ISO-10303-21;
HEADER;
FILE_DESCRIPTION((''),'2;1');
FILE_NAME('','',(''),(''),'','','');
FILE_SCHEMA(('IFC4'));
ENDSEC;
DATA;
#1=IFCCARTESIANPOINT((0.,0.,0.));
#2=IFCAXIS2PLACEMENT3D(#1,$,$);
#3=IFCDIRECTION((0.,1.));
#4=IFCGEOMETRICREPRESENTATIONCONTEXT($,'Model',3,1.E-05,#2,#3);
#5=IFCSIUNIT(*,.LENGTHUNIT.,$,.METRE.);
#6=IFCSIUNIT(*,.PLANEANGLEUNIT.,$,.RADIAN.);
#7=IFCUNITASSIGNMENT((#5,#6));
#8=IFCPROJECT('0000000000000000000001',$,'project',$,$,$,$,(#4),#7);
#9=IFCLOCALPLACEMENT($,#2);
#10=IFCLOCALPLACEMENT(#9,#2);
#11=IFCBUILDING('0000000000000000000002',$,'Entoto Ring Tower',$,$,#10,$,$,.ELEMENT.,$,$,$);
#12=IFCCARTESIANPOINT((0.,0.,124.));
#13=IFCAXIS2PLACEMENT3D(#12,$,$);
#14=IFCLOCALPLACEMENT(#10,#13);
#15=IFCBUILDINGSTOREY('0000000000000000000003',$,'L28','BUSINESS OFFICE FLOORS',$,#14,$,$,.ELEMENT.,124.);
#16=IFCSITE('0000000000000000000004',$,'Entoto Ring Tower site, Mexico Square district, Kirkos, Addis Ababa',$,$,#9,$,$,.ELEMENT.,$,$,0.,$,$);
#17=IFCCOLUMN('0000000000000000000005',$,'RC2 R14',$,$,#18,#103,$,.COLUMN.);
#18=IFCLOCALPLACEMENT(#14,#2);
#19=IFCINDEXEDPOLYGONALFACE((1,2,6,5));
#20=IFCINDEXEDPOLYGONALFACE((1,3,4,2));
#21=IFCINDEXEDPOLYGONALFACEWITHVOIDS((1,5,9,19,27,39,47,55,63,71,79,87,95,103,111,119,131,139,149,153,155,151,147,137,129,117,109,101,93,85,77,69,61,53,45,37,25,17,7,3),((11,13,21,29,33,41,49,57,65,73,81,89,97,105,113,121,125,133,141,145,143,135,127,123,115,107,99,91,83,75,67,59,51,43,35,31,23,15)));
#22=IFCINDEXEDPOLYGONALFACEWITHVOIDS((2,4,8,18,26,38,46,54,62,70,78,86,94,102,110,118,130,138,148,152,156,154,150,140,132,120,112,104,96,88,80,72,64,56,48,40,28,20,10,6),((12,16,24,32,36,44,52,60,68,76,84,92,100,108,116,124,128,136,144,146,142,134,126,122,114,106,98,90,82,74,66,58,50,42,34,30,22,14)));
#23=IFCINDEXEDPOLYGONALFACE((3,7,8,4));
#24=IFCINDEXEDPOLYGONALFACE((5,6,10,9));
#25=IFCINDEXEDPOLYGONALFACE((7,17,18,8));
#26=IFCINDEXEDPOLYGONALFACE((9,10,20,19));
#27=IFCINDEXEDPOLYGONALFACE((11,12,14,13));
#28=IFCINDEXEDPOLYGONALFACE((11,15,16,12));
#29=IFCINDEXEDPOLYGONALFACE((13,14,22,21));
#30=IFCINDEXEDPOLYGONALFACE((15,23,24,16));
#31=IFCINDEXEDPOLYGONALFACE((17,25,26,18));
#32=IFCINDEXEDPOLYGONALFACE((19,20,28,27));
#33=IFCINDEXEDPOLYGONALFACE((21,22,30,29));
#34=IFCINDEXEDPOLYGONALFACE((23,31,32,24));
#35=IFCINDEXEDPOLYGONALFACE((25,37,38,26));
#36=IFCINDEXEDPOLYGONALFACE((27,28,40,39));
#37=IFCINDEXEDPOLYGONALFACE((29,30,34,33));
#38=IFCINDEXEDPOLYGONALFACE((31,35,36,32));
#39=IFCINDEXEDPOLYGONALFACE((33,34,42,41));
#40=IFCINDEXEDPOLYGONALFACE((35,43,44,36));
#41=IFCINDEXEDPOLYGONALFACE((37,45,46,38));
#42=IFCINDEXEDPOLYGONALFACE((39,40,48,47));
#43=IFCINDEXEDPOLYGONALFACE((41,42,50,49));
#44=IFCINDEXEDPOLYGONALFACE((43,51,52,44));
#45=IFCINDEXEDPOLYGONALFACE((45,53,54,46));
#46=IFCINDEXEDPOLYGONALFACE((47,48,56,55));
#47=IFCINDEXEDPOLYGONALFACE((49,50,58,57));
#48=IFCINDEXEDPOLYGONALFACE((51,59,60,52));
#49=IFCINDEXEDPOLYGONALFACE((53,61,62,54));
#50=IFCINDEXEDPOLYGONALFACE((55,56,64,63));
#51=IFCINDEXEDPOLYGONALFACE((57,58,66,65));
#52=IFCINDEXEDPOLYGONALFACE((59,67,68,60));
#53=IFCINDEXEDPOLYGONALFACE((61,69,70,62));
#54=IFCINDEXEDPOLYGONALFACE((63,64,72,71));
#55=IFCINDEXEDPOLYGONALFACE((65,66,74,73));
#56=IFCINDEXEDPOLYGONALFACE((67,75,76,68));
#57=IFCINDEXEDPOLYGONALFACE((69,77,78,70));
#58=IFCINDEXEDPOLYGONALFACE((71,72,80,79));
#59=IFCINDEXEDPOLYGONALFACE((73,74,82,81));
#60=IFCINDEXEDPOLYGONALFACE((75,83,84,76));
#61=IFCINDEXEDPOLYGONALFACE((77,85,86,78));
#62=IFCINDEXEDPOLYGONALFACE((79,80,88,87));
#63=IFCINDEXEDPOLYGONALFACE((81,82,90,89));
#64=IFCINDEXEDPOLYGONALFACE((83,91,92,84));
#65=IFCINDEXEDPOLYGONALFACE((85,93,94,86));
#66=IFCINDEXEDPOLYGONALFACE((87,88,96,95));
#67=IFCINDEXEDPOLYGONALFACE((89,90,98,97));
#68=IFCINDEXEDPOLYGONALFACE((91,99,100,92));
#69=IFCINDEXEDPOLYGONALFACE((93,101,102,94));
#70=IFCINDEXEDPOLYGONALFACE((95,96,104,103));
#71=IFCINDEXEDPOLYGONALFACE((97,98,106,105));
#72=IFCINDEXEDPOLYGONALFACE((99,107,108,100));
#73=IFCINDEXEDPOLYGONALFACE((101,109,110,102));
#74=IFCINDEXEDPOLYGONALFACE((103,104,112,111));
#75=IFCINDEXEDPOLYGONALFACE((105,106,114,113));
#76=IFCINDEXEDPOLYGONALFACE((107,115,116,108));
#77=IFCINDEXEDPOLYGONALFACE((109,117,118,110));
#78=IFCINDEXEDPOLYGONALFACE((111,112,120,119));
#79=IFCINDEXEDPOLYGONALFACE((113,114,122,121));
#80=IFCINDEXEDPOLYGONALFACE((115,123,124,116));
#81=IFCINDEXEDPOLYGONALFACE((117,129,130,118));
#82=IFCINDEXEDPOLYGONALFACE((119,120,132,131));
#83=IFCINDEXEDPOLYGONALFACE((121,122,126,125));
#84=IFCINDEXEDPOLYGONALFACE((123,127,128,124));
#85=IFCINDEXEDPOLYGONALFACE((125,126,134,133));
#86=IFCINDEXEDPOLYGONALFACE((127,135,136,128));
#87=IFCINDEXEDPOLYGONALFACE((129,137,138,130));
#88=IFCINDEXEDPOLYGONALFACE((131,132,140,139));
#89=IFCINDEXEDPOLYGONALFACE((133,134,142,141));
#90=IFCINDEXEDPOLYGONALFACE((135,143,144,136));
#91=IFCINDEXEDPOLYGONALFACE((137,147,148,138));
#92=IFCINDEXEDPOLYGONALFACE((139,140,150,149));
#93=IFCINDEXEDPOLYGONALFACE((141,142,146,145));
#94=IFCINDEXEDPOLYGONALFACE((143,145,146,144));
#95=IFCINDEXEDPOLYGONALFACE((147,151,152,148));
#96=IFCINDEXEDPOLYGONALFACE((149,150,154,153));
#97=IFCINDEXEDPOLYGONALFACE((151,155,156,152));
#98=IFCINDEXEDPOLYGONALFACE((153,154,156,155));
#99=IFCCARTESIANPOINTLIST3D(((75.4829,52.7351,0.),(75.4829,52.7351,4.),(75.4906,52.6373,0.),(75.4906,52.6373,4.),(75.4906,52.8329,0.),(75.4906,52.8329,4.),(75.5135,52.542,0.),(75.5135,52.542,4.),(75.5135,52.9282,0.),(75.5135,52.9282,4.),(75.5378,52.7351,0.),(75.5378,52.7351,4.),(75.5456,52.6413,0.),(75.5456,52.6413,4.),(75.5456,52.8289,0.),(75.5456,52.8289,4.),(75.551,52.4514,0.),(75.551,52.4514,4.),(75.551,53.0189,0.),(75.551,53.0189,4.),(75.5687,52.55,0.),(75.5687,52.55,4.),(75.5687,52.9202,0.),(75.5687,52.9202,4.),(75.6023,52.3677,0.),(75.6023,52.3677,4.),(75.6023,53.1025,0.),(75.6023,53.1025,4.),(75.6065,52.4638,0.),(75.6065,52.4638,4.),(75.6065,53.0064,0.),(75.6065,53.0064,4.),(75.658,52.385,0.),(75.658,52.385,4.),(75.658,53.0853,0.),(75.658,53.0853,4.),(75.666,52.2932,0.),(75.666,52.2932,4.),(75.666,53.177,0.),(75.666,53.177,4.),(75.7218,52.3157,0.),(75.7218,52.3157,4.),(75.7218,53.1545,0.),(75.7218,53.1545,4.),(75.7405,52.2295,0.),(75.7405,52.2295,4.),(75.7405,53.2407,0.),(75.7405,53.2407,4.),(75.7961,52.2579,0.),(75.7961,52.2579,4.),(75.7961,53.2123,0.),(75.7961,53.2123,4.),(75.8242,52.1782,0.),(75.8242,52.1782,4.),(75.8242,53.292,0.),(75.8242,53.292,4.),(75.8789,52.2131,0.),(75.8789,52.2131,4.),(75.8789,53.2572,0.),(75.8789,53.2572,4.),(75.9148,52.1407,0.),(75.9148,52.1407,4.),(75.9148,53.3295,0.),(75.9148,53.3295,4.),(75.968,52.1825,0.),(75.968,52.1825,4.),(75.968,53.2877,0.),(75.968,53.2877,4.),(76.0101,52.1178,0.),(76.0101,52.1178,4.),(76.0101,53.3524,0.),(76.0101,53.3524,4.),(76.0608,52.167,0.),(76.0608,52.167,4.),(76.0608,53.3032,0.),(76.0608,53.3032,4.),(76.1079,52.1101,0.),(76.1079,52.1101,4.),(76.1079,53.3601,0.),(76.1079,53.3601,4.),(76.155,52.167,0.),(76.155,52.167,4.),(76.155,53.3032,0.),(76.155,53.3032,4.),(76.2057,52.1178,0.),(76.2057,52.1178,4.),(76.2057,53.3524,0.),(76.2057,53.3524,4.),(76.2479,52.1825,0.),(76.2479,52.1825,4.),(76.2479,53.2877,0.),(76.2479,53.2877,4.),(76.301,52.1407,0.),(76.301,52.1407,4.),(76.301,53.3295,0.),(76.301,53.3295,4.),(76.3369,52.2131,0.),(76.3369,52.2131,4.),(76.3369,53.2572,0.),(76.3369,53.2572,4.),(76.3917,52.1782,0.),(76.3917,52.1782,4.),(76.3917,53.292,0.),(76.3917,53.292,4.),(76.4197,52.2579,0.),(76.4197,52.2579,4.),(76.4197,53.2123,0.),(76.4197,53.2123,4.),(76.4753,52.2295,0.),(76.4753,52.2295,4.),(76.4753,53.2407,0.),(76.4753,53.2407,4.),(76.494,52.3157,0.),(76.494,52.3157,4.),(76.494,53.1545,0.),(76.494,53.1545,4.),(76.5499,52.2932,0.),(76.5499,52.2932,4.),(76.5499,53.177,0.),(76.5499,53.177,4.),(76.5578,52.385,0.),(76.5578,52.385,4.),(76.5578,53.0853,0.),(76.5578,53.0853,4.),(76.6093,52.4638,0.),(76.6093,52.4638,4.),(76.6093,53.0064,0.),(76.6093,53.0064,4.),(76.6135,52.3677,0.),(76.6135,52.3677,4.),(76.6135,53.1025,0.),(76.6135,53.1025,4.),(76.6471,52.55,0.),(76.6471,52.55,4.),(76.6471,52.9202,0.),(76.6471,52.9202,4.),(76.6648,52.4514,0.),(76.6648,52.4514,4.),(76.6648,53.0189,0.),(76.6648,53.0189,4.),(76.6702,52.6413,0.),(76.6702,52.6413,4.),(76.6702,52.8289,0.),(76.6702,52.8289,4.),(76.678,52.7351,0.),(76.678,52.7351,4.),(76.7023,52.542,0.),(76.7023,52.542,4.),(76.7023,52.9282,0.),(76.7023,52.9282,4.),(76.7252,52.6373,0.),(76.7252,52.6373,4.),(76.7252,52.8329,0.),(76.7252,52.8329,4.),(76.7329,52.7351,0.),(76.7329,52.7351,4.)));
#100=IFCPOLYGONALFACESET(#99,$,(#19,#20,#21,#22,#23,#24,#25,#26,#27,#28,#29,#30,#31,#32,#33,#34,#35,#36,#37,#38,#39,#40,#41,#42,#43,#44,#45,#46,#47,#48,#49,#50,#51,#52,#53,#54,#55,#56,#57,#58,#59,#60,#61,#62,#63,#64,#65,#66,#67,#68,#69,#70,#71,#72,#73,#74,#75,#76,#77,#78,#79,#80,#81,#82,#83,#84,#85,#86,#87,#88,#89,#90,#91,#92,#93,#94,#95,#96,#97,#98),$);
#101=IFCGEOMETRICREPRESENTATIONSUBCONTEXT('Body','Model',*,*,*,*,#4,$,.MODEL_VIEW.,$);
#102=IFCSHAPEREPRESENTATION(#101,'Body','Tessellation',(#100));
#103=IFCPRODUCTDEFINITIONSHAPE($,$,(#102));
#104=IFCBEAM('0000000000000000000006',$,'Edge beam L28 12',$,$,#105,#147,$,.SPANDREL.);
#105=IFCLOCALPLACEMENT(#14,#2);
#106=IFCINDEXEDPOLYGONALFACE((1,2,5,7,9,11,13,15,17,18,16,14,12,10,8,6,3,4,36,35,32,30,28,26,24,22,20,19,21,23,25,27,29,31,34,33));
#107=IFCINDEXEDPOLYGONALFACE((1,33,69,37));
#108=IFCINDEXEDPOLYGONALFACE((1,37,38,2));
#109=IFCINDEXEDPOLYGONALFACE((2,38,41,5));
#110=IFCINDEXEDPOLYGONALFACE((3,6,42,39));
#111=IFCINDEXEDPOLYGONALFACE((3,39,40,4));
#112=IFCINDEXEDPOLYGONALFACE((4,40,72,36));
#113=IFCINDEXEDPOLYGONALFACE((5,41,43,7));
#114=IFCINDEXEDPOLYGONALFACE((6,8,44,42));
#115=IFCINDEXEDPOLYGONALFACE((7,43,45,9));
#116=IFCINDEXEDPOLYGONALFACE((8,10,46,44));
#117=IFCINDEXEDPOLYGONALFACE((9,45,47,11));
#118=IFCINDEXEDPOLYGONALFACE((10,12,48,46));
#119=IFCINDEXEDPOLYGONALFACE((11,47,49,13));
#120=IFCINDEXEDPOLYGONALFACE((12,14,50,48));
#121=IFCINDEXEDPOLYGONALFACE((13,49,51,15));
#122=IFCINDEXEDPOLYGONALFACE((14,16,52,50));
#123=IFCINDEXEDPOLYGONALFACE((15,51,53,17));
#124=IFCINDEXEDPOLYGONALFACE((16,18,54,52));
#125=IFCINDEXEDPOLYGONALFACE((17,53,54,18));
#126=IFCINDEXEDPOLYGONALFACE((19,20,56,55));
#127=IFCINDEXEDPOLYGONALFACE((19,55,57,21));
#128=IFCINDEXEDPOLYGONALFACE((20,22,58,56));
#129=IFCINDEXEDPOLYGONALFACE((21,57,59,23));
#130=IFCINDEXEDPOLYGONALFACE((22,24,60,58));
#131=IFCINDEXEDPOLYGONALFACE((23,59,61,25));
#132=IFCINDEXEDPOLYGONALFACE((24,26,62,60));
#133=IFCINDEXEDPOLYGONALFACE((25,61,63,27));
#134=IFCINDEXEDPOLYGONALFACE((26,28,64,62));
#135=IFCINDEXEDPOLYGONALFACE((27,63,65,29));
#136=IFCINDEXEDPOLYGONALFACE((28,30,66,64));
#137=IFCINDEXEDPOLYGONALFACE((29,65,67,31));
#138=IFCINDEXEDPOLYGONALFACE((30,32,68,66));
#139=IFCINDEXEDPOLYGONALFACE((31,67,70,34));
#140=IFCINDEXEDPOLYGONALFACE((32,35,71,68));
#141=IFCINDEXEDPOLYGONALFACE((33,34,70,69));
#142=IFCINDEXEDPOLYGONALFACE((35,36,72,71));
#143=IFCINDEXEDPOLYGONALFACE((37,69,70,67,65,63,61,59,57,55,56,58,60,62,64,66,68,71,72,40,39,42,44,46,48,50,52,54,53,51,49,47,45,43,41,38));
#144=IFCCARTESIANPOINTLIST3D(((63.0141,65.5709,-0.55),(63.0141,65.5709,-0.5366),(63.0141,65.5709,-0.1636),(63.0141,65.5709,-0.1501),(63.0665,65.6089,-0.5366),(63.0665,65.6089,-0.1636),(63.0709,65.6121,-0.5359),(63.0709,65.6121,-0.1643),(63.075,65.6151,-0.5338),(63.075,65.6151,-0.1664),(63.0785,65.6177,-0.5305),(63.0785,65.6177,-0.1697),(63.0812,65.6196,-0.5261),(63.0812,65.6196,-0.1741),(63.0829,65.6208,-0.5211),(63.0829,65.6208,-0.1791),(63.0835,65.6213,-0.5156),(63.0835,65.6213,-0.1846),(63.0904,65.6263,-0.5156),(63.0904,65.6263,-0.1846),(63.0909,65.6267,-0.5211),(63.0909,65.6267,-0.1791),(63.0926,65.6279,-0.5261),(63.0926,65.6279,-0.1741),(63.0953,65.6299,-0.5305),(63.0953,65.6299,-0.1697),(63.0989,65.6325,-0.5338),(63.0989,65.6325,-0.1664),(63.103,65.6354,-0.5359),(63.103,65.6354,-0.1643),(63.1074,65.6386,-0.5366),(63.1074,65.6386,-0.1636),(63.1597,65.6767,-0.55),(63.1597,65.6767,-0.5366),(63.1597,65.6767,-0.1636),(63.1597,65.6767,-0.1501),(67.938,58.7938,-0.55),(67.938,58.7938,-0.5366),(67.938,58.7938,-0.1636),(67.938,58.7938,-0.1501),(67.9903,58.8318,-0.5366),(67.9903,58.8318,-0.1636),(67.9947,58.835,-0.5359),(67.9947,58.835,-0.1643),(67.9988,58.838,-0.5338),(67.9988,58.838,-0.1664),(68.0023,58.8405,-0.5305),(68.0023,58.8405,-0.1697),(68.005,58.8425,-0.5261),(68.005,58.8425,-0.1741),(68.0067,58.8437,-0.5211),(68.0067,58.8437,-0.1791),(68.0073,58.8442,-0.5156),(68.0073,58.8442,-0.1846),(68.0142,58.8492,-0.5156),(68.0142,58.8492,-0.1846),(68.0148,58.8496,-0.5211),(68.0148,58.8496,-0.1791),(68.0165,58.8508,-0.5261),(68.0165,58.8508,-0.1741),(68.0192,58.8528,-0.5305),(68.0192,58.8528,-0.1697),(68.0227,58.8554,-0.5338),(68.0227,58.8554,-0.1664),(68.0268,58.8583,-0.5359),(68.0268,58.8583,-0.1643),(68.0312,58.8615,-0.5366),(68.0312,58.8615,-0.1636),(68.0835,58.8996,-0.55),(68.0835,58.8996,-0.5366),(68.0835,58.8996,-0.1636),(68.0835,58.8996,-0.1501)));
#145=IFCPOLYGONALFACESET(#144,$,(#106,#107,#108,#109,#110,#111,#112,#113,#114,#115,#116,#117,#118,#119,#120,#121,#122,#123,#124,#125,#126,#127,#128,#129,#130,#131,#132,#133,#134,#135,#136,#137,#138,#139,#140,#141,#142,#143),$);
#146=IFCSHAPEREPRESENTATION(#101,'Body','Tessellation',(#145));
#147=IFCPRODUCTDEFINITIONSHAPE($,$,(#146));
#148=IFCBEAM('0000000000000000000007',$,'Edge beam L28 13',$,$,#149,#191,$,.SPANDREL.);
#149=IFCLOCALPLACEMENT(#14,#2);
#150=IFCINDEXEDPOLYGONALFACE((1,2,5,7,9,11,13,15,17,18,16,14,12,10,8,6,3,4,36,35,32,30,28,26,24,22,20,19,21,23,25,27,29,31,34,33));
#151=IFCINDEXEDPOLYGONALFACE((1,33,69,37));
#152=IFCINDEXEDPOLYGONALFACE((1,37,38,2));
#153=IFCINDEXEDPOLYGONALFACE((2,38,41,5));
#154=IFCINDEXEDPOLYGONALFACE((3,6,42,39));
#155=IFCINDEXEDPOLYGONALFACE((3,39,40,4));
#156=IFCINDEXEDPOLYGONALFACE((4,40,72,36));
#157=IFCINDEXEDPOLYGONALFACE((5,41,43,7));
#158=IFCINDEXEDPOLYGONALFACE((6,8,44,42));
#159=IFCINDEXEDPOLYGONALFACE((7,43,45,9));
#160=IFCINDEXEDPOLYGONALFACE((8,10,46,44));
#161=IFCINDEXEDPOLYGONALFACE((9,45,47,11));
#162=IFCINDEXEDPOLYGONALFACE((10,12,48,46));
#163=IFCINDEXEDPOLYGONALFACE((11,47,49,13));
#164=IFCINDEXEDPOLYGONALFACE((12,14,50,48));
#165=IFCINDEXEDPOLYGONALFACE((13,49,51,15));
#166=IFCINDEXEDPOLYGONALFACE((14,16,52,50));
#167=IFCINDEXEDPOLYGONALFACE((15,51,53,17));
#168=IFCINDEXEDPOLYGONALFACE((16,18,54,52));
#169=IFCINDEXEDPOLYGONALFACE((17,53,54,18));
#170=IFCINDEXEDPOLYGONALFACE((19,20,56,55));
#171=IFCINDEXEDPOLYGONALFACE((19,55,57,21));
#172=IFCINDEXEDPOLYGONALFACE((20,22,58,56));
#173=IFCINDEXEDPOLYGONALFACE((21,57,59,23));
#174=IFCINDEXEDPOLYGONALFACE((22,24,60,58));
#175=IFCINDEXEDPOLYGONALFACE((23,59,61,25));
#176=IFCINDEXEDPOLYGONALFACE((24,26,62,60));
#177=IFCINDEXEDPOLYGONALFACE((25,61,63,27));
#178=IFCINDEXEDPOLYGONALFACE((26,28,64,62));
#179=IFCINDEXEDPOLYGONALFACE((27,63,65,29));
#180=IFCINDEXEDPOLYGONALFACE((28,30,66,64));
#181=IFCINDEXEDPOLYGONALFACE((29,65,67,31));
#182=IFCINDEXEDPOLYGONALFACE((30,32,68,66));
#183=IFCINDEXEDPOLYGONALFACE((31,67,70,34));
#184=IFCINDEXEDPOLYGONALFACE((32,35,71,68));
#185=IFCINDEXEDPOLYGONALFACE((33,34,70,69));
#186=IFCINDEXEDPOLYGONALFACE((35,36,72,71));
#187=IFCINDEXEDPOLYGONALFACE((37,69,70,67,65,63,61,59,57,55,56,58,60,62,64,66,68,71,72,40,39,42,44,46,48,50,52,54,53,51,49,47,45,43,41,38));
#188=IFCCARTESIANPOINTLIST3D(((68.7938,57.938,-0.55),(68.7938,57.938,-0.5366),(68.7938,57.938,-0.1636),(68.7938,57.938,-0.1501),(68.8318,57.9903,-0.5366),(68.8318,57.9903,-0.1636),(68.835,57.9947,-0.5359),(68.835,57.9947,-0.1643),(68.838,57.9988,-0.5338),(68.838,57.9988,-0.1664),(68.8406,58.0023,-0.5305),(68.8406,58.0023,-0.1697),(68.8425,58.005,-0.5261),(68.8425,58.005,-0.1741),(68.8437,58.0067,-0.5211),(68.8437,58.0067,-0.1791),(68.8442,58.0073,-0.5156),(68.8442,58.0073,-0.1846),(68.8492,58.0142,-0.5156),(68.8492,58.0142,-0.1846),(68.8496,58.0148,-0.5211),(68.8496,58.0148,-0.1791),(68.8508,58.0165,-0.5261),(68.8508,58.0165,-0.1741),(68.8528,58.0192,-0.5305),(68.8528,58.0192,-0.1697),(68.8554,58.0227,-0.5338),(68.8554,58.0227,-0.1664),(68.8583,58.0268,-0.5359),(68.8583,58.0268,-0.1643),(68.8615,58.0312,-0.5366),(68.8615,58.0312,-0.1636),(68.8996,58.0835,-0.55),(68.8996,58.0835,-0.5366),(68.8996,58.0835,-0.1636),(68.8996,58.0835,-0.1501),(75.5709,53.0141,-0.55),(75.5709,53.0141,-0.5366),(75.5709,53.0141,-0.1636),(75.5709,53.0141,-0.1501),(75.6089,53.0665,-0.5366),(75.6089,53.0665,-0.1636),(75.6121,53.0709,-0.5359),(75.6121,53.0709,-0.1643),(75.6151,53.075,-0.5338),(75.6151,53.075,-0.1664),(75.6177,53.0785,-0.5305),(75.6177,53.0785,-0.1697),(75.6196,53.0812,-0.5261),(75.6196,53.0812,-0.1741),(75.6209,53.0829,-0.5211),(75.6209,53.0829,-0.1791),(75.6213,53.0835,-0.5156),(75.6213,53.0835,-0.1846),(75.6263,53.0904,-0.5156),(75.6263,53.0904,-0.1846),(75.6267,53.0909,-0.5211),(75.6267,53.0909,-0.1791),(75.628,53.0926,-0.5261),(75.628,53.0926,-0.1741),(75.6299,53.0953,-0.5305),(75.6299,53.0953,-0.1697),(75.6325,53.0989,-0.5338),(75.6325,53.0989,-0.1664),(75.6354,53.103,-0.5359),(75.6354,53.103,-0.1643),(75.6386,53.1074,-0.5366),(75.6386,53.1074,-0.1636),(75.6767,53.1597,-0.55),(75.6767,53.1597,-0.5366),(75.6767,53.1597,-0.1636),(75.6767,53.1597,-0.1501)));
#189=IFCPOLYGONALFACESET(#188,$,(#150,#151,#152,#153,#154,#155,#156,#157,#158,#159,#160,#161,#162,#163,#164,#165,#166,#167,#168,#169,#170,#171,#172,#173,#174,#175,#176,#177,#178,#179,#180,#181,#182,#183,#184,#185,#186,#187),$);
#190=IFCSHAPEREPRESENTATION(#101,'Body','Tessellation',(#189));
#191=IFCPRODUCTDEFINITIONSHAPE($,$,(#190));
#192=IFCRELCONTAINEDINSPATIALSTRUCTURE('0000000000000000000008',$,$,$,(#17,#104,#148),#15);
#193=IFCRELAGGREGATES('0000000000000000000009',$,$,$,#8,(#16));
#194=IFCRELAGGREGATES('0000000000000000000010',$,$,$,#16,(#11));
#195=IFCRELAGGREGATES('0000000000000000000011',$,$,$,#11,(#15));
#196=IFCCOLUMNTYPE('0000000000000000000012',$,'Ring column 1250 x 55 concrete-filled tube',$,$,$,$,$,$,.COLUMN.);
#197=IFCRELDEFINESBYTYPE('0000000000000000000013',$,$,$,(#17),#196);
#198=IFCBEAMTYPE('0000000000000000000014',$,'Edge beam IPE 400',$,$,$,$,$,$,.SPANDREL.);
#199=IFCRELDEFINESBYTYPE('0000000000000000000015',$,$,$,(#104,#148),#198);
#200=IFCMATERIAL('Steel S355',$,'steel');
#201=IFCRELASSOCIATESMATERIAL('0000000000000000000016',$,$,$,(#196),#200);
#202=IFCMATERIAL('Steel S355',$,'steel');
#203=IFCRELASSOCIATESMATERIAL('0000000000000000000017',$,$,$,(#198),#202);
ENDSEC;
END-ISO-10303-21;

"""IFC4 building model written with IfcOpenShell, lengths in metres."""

from ifc_helpers import new_model, si_unit, direction, frame, origin, origin_2d, place, context, subcontext, project, spatial, circle, hollow_circle, i_section, extrude, material, material_profile, profile_set, type_object, element, save


model = new_model("IFC4")

# Units and contexts
model_context = context("Model", 3, precision=1e-05, world=origin(), true_north=direction((0.0, 1.0)))
body_context = subcontext(model_context, "Body", "Model", "MODEL_VIEW")
ifc_project = project(units=[si_unit("LENGTHUNIT", "METRE"), si_unit("PLANEANGLEUNIT", "RADIAN")], contexts=[model_context])

# Site, building, storey
site_placement = place(None, origin())
site = spatial("IfcSite", under=ifc_project, at=site_placement, Name="Entoto Ring Tower site, Mexico Square district, Kirkos, Addis Ababa", CompositionType="ELEMENT", RefElevation=0.0)
building_placement = place(site_placement, origin())
building = spatial("IfcBuilding", under=site, at=building_placement, Name="Entoto Ring Tower", CompositionType="ELEMENT")
storey_placement = place(building_placement, frame((0.0, 0.0, 124.0)))
storey = spatial("IfcBuildingStorey", under=building, at=storey_placement, Name="L28", Description="BUSINESS OFFICE FLOORS", CompositionType="ELEMENT", Elevation=124.0)

# Column
ifc_material_1 = material(Name="Steel S355", Category="steel")
ifc_material_profile_1 = material_profile(ifc_material_1, hollow_circle(Radius=0.625, WallThickness=0.0549, at=origin_2d()), Name="CHS 1250 x 55")
ifc_material_2 = material(Name="Concrete C60/75", Category="concrete")
ifc_material_profile_2 = material_profile(ifc_material_2, circle(Radius=0.5701, at=origin_2d()), Name="Concrete C60/75 infill")
ifc_profile_set_1 = profile_set([ifc_material_profile_1, ifc_material_profile_2], Name="Steel S355")
column_type = type_object("IfcColumnType", Name="Ring column 1250 x 55 concrete-filled tube", PredefinedType="COLUMN", material=ifc_profile_set_1)
for number, where, z_axis, x_axis, name in (
    (1, (76.1079, 52.7351, 0.0), (0.0, 0.0, 1.0), (1.0, 0.0, 0.0), "RC2 R14"),
):
    element("IfcColumn", number, at=place(storey_placement, frame(where, z_axis=z_axis, x_axis=x_axis)), inside=storey, type_object=column_type, Name=name, PredefinedType="COLUMN", context=body_context, shape_type="SweptSolid", body=[
        extrude(hollow_circle(Radius=0.625, WallThickness=0.0549, at=origin_2d()), origin(), (0.0, 0.0, 1.0), 4.0),
    ])

# Beams
ifc_material_3 = material(Name="Steel S355", Category="steel")
ifc_material_profile_3 = material_profile(ifc_material_3, i_section(OverallWidth=0.1799, OverallDepth=0.3999, WebThickness=0.0085, FlangeThickness=0.0134, FilletRadius=0.021, at=origin_2d()), Name="IPE 400")
ifc_profile_set_2 = profile_set([ifc_material_profile_3], Name="Steel S355")
beam_type_1 = type_object("IfcBeamType", Name="Edge beam IPE 400", PredefinedType="SPANDREL", material=ifc_profile_set_2)
for number, where, z_axis, x_axis, name in (
    (2, (63.0869, 65.6238, -0.3501), (0.587783, -0.809018, 0.0), (0.809018, 0.587783, 0.0), "Edge beam L28 12"),
    (3, (68.8467, 58.0107, -0.3501), (0.809018, -0.587783, 0.0), (0.587783, 0.809018, 0.0), "Edge beam L28 13"),
):
    element("IfcBeam", number, at=place(storey_placement, frame(where, z_axis=z_axis, x_axis=x_axis)), inside=storey, type_object=beam_type_1, Name=name, PredefinedType="SPANDREL", context=body_context, shape_type="SweptSolid", body=[
        extrude(i_section(OverallWidth=0.1799, OverallDepth=0.3999, WebThickness=0.0085, FlangeThickness=0.0134, FilletRadius=0.021, at=origin_2d()), origin(), (0.0, 0.0, 1.0), 8.377),
    ])

save(model, "model.ifc")
